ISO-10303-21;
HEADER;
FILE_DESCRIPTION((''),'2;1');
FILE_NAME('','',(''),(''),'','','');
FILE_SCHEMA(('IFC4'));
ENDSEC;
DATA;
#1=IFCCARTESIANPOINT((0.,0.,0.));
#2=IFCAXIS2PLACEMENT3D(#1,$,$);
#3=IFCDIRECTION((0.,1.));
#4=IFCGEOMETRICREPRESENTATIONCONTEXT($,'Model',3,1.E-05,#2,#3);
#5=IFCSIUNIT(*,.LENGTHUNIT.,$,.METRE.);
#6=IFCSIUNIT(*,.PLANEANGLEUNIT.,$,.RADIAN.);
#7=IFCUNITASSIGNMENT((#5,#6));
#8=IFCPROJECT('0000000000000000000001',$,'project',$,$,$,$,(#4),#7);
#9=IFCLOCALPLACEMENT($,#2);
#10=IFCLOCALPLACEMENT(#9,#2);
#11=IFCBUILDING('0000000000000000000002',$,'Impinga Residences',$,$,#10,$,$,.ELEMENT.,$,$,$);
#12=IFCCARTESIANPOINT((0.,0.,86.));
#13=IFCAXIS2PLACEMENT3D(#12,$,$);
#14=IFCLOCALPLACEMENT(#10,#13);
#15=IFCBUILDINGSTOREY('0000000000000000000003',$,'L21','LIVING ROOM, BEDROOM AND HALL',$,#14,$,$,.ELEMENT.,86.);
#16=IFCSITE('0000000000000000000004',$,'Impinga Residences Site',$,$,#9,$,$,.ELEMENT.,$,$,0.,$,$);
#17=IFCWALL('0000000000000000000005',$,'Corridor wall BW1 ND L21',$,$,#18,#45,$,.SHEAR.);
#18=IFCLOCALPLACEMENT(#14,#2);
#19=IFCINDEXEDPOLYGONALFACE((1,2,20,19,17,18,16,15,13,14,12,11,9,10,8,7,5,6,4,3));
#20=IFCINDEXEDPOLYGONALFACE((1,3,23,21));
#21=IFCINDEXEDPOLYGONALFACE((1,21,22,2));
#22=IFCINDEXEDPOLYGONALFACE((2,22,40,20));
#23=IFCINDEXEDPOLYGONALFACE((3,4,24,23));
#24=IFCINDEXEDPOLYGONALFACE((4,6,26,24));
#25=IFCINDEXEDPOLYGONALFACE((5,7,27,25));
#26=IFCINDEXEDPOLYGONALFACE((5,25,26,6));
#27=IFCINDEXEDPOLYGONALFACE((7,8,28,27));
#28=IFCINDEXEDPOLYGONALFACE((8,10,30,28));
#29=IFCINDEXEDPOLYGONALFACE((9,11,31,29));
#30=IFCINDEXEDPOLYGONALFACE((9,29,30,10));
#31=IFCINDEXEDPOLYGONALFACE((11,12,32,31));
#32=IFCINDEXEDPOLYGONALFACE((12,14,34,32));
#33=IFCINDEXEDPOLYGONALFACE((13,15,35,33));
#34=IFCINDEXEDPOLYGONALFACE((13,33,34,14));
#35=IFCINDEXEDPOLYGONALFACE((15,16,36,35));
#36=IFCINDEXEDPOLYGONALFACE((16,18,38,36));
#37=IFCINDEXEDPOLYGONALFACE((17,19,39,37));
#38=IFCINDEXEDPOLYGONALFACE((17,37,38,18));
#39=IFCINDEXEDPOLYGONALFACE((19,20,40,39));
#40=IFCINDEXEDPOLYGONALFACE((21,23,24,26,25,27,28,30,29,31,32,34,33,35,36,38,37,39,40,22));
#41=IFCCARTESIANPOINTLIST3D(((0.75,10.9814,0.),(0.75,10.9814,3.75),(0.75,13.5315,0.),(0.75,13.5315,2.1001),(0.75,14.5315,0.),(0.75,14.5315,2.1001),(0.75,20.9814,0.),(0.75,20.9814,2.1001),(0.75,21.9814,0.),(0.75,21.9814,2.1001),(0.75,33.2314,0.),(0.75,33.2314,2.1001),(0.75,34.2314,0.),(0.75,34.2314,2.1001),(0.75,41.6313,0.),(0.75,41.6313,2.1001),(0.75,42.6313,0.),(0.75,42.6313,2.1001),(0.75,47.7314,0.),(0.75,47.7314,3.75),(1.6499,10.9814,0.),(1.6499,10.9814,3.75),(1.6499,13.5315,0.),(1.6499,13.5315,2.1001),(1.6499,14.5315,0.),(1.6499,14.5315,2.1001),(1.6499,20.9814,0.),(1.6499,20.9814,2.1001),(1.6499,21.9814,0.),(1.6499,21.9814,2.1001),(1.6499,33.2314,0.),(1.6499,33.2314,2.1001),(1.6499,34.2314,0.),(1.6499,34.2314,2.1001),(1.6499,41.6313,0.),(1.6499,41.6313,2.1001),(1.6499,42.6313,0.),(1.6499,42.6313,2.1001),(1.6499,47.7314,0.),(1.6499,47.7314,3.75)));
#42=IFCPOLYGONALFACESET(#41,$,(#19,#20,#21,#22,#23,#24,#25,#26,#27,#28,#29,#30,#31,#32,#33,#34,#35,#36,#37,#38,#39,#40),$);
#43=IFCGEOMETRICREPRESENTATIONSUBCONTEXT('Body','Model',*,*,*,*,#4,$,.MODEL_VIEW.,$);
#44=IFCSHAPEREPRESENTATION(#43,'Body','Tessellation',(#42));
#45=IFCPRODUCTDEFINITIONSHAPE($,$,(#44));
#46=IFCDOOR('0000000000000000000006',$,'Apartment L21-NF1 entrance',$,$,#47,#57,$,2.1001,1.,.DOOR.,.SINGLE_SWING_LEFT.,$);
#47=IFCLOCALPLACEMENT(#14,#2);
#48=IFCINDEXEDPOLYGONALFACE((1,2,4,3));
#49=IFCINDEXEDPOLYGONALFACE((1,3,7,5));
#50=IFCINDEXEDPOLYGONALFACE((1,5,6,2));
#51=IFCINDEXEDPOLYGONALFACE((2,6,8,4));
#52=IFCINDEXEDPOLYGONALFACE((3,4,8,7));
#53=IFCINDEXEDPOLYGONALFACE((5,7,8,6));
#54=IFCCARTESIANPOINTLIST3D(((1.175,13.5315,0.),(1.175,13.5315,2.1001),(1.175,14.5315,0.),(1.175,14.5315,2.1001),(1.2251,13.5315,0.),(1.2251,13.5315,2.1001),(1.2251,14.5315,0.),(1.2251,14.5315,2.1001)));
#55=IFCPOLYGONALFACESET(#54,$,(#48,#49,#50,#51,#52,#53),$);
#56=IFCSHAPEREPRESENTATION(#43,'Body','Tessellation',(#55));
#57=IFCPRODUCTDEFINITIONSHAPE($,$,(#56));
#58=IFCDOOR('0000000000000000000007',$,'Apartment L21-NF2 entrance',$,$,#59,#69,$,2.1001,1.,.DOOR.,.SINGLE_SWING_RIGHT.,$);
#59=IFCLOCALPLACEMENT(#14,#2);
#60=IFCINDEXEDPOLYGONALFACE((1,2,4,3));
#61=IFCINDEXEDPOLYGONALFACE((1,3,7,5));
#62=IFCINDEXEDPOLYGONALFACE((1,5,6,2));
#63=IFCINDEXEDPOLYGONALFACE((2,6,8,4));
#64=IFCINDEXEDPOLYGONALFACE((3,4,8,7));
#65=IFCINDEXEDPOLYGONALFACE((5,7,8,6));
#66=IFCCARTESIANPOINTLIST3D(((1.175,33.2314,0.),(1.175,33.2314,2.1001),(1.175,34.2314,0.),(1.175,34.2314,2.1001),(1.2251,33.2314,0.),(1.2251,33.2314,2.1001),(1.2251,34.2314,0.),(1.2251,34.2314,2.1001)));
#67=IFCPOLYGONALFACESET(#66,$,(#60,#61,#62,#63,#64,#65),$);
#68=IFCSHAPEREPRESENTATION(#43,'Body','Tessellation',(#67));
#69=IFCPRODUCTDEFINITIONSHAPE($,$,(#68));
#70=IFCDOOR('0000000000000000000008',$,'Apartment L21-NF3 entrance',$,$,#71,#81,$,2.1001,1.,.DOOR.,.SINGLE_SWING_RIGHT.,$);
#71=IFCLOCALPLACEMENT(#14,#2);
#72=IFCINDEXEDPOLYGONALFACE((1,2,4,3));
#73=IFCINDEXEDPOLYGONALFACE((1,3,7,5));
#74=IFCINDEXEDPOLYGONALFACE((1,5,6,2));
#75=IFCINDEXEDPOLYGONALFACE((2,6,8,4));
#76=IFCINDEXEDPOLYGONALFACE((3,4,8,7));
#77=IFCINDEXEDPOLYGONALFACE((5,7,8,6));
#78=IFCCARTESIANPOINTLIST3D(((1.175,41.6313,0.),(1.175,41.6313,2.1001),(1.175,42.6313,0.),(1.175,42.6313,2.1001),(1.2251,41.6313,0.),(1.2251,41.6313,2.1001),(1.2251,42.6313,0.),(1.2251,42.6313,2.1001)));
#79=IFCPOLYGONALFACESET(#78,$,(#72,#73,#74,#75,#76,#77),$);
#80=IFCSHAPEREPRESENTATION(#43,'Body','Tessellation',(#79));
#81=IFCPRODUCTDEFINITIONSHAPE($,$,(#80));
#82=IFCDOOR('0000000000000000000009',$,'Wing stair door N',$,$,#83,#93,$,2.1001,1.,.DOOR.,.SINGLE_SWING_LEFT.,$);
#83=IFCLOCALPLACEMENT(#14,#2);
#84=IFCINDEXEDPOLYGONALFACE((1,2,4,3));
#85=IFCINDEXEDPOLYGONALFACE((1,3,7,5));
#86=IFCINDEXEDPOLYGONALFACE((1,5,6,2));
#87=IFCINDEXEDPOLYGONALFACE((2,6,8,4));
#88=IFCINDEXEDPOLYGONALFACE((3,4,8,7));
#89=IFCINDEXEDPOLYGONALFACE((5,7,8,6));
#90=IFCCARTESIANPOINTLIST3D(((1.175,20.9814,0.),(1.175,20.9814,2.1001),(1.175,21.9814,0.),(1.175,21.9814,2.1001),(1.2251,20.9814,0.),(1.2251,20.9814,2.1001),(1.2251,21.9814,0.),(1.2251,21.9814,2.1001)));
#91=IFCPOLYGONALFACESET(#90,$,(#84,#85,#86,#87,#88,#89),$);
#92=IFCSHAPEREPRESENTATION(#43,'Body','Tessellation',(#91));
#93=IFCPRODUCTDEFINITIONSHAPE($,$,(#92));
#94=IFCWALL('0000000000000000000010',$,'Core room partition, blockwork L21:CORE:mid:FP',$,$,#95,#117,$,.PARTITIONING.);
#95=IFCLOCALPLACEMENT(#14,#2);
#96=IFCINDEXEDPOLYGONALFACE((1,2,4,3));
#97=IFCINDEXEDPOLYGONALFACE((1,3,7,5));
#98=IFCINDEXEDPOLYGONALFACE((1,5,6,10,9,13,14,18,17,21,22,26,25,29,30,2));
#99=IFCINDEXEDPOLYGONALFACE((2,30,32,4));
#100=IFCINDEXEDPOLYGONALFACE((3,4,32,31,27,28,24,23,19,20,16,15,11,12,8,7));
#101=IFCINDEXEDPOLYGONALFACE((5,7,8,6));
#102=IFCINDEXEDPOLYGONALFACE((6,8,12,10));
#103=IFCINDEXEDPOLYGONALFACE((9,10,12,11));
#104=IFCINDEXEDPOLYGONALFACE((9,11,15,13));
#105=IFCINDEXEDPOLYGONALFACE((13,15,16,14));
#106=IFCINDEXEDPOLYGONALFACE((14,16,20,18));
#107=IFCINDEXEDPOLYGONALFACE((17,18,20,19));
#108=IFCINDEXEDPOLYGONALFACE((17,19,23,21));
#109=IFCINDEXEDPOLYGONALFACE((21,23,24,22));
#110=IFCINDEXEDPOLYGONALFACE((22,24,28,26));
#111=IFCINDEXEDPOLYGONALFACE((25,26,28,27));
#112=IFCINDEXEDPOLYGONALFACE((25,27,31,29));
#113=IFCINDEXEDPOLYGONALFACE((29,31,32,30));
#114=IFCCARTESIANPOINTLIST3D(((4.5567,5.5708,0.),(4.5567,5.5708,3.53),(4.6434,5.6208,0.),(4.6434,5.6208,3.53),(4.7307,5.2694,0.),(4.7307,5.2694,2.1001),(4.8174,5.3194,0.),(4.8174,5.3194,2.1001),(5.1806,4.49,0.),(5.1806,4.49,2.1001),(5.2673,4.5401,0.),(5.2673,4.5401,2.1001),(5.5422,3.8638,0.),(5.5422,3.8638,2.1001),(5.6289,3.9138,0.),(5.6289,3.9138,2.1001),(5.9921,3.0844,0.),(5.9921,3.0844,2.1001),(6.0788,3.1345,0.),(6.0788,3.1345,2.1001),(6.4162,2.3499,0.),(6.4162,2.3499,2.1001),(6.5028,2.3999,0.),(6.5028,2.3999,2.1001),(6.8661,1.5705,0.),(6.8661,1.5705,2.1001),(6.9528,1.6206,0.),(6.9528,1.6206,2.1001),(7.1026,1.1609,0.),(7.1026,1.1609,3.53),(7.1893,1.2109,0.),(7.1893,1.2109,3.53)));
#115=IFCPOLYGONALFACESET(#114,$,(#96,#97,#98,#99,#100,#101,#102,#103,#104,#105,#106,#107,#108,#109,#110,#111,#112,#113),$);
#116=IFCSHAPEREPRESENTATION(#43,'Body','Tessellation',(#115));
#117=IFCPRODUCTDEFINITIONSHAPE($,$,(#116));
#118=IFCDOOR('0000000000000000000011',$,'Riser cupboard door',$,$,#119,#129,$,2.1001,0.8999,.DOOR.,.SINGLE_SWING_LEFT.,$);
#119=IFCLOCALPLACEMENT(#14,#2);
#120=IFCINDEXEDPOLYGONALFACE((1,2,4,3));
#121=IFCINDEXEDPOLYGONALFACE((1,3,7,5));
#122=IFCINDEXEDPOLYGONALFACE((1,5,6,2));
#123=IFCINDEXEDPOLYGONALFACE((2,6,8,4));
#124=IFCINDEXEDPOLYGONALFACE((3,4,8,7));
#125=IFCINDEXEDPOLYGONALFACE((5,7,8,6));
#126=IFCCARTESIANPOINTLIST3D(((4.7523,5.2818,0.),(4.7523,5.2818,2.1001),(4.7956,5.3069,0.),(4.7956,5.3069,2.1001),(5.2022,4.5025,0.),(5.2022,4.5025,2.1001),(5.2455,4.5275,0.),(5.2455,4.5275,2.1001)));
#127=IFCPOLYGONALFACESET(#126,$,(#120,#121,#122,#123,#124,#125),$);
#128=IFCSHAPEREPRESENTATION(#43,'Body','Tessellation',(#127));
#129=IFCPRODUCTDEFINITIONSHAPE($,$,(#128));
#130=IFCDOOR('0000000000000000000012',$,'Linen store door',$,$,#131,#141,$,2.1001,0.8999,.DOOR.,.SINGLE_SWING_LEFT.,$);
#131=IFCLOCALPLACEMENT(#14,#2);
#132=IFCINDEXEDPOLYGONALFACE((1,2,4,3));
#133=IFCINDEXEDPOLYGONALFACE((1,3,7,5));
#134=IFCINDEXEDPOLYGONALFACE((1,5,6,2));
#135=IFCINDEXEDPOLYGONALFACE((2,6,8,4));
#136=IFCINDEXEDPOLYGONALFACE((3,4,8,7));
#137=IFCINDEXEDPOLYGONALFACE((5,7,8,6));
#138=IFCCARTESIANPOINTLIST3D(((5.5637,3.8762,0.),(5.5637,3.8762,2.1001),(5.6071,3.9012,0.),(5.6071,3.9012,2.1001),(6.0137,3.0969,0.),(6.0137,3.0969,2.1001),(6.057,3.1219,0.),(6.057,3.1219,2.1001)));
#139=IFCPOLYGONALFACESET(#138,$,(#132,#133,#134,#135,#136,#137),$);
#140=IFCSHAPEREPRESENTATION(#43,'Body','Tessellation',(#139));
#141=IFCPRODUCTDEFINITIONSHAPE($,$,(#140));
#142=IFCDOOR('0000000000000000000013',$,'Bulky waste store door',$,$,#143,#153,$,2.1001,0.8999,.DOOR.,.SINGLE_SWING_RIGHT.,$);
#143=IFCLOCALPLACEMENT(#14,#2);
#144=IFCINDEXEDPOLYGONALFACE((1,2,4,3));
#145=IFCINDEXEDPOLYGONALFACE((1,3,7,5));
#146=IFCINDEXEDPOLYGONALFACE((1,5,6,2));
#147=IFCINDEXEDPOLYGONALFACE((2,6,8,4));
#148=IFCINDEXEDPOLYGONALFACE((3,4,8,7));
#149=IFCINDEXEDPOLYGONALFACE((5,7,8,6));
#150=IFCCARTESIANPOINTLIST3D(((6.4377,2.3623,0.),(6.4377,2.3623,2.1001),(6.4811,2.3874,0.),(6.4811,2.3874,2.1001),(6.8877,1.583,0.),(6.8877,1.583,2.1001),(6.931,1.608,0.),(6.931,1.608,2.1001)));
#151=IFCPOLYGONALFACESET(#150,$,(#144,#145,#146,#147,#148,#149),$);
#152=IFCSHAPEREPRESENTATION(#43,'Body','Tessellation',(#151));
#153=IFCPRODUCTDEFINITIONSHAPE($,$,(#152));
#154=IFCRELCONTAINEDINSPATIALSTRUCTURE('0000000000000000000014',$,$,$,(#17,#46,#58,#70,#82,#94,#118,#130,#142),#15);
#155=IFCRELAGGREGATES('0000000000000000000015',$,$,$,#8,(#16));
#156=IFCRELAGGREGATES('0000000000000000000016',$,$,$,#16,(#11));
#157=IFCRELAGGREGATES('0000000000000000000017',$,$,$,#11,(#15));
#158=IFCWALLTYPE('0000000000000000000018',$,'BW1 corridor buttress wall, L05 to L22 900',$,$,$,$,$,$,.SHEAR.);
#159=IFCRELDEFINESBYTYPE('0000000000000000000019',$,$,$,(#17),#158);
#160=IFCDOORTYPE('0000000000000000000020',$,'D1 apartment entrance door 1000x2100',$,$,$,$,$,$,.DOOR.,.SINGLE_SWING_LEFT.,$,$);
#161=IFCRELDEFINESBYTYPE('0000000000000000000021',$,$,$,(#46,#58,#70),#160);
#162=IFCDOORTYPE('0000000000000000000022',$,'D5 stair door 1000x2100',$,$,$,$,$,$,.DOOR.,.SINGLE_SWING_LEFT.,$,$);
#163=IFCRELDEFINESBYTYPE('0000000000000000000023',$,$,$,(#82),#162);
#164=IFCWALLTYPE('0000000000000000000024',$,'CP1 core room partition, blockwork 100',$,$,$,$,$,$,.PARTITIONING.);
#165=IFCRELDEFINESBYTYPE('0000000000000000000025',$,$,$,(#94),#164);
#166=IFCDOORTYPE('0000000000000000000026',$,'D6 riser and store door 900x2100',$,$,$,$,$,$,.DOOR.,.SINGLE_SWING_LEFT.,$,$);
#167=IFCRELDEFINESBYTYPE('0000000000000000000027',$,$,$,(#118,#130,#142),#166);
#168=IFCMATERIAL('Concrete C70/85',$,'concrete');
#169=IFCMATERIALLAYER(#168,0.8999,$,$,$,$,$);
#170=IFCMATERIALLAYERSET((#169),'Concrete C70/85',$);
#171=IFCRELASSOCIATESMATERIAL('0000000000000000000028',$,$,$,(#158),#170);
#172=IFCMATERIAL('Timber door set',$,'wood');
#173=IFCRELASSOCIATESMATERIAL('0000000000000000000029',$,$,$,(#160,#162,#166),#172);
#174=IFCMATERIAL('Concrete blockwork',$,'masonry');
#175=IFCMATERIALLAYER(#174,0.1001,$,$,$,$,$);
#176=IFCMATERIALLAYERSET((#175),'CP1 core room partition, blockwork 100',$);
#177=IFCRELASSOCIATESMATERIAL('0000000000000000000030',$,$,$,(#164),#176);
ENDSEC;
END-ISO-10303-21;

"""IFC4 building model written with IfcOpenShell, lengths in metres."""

from ifc_helpers import new_model, si_unit, direction, frame, frame_2d, origin, place, context, subcontext, project, spatial, rectangle, extrude, material, layer, layer_set, type_object, element, fill, save


model = new_model("IFC4")

# Units and contexts
model_context = context("Model", 3, precision=1e-05, world=origin(), true_north=direction((0.0, 1.0)))
body_context = subcontext(model_context, "Body", "Model", "MODEL_VIEW")
ifc_project = project(units=[si_unit("LENGTHUNIT", "METRE"), si_unit("PLANEANGLEUNIT", "RADIAN")], contexts=[model_context])

# Site, building, storey
site_placement = place(None, origin())
site = spatial("IfcSite", under=ifc_project, at=site_placement, Name="Impinga Residences Site", CompositionType="ELEMENT", RefElevation=0.0)
building_placement = place(site_placement, origin())
building = spatial("IfcBuilding", under=site, at=building_placement, Name="Impinga Residences", CompositionType="ELEMENT")
storey_placement = place(building_placement, frame((0.0, 0.0, 86.0)))
storey = spatial("IfcBuildingStorey", under=building, at=storey_placement, Name="L21", Description="LIVING ROOM, BEDROOM AND HALL", CompositionType="ELEMENT", Elevation=86.0)

# Walls, openings, doors
ifc_material_1 = material(Name="Concrete C70/85", Category="concrete")
ifc_layer_1 = layer(ifc_material_1, 0.8999)
ifc_layer_set_1 = layer_set([ifc_layer_1], Name="Concrete C70/85")
wall_type_1 = type_object("IfcWallType", Name="BW1 corridor buttress wall, L05 to L22 900", PredefinedType="SHEAR", material=ifc_layer_set_1)
wall_1_placement = place(storey_placement, frame((1.2, 10.9814, 0.0), z_axis=(0.0, 0.0, 1.0), x_axis=(0.0, 1.0, 0.0)))
wall_1 = element("IfcWall", 1, at=wall_1_placement, inside=storey, type_object=wall_type_1, Name="Corridor wall BW1 ND L21", PredefinedType="SHEAR", context=body_context, shape_type="SweptSolid", body=[
    extrude(rectangle(XDim=36.75, YDim=0.8999, at=frame_2d((18.375, 0.0))), origin(), (0.0, 0.0, 1.0), 3.75),
])
opening_1_placement = place(wall_1_placement, frame((10.0, 0.0, 0.0)))
opening_1 = element("IfcOpeningElement", 2, at=opening_1_placement, cuts=wall_1, PredefinedType="OPENING", context=body_context, shape_type="SweptSolid", body=[
    extrude(rectangle(XDim=1.0, YDim=2.1001, at=frame_2d((0.5, 1.05))), frame((0.0, 0.46, 0.0), z_axis=(0.0, -1.0, 0.0), x_axis=(1.0, 0.0, 0.0)), (0.0, 0.0, 1.0), 0.9199),
])
opening_2_placement = place(wall_1_placement, frame((2.55, 0.0, 0.0)))
opening_2 = element("IfcOpeningElement", 3, at=opening_2_placement, cuts=wall_1, PredefinedType="OPENING", context=body_context, shape_type="SweptSolid", body=[
    extrude(rectangle(XDim=1.0, YDim=2.1001, at=frame_2d((0.5, 1.05))), frame((0.0, 0.46, 0.0), z_axis=(0.0, -1.0, 0.0), x_axis=(1.0, 0.0, 0.0)), (0.0, 0.0, 1.0), 0.9199),
])
opening_3_placement = place(wall_1_placement, frame((22.25, 0.0, 0.0)))
opening_3 = element("IfcOpeningElement", 4, at=opening_3_placement, cuts=wall_1, PredefinedType="OPENING", context=body_context, shape_type="SweptSolid", body=[
    extrude(rectangle(XDim=1.0, YDim=2.1001, at=frame_2d((0.5, 1.05))), frame((0.0, 0.46, 0.0), z_axis=(0.0, -1.0, 0.0), x_axis=(1.0, 0.0, 0.0)), (0.0, 0.0, 1.0), 0.9199),
])
opening_4_placement = place(wall_1_placement, frame((30.6499, 0.0, 0.0)))
opening_4 = element("IfcOpeningElement", 5, at=opening_4_placement, cuts=wall_1, PredefinedType="OPENING", context=body_context, shape_type="SweptSolid", body=[
    extrude(rectangle(XDim=1.0, YDim=2.1001, at=frame_2d((0.5, 1.05))), frame((0.0, 0.46, 0.0), z_axis=(0.0, -1.0, 0.0), x_axis=(1.0, 0.0, 0.0)), (0.0, 0.0, 1.0), 0.9199),
])
ifc_material_2 = material(Name="Timber door set", Category="wood")
door_type_1 = type_object("IfcDoorType", Name="D1 apartment entrance door 1000x2100", OperationType="SINGLE_SWING_LEFT", PredefinedType="DOOR", material=ifc_material_2)
door_1_placement = place(opening_2_placement, origin())
door_1 = element("IfcDoor", 6, at=door_1_placement, inside=storey, type_object=door_type_1, Name="Apartment L21-NF1 entrance", OperationType="SINGLE_SWING_LEFT", OverallHeight=2.1001, OverallWidth=1.0, PredefinedType="DOOR", context=body_context, shape_type="SweptSolid", body=[
    extrude(rectangle(XDim=1.0, YDim=2.1001, at=frame_2d((0.5, 1.05))), frame((0.0, 0.0249, 0.0), z_axis=(0.0, -1.0, 0.0), x_axis=(1.0, 0.0, 0.0)), (0.0, 0.0, 1.0), 0.05),
])
fill(opening_2, door_1)
door_2_placement = place(opening_3_placement, origin())
door_2 = element("IfcDoor", 7, at=door_2_placement, inside=storey, type_object=door_type_1, Name="Apartment L21-NF2 entrance", OperationType="SINGLE_SWING_RIGHT", OverallHeight=2.1001, OverallWidth=1.0, PredefinedType="DOOR", context=body_context, shape_type="SweptSolid", body=[
    extrude(rectangle(XDim=1.0, YDim=2.1001, at=frame_2d((0.5, 1.05))), frame((0.0, 0.0249, 0.0), z_axis=(0.0, -1.0, 0.0), x_axis=(1.0, 0.0, 0.0)), (0.0, 0.0, 1.0), 0.05),
])
fill(opening_3, door_2)
door_3_placement = place(opening_4_placement, origin())
door_3 = element("IfcDoor", 8, at=door_3_placement, inside=storey, type_object=door_type_1, Name="Apartment L21-NF3 entrance", OperationType="SINGLE_SWING_RIGHT", OverallHeight=2.1001, OverallWidth=1.0, PredefinedType="DOOR", context=body_context, shape_type="SweptSolid", body=[
    extrude(rectangle(XDim=1.0, YDim=2.1001, at=frame_2d((0.5, 1.05))), frame((0.0, 0.0249, 0.0), z_axis=(0.0, -1.0, 0.0), x_axis=(1.0, 0.0, 0.0)), (0.0, 0.0, 1.0), 0.05),
])
fill(opening_4, door_3)
door_type_2 = type_object("IfcDoorType", Name="D5 stair door 1000x2100", OperationType="SINGLE_SWING_LEFT", PredefinedType="DOOR", material=ifc_material_2)
door_4_placement = place(opening_1_placement, origin())
door_4 = element("IfcDoor", 9, at=door_4_placement, inside=storey, type_object=door_type_2, Name="Wing stair door N", OperationType="SINGLE_SWING_LEFT", OverallHeight=2.1001, OverallWidth=1.0, PredefinedType="DOOR", context=body_context, shape_type="SweptSolid", body=[
    extrude(rectangle(XDim=1.0, YDim=2.1001, at=frame_2d((0.5, 1.05))), frame((0.0, 0.0249, 0.0), z_axis=(0.0, -1.0, 0.0), x_axis=(1.0, 0.0, 0.0)), (0.0, 0.0, 1.0), 0.05),
])
fill(opening_1, door_4)
ifc_material_3 = material(Name="Concrete blockwork", Category="masonry")
ifc_layer_2 = layer(ifc_material_3, 0.1001)
ifc_layer_set_2 = layer_set([ifc_layer_2], Name="CP1 core room partition, blockwork 100")
wall_type_2 = type_object("IfcWallType", Name="CP1 core room partition, blockwork 100", PredefinedType="PARTITIONING", material=ifc_layer_set_2)
wall_2_placement = place(storey_placement, frame((4.6001, 5.5957, 0.0), z_axis=(0.0, 0.0, 1.0), x_axis=(0.499976, -0.866039, 0.0)))
wall_2 = element("IfcWall", 10, at=wall_2_placement, inside=storey, type_object=wall_type_2, Name="Core room partition, blockwork L21:CORE:mid:FP", PredefinedType="PARTITIONING", context=body_context, shape_type="SweptSolid", body=[
    extrude(rectangle(XDim=5.092, YDim=0.1001, at=frame_2d((2.5459, 0.0))), origin(), (0.0, 0.0, 1.0), 3.53),
])
opening_5_placement = place(wall_2_placement, frame((0.3479, 0.0, 0.0)))
opening_5 = element("IfcOpeningElement", 11, at=opening_5_placement, cuts=wall_2, PredefinedType="OPENING", context=body_context, shape_type="SweptSolid", body=[
    extrude(rectangle(XDim=0.8999, YDim=2.1001, at=frame_2d((0.45, 1.05))), frame((0.0, 0.0601, 0.0), z_axis=(0.0, -1.0, 0.0), x_axis=(1.0, 0.0, 0.0)), (0.0, 0.0, 1.0), 0.1201),
])
opening_6_placement = place(wall_2_placement, frame((1.9709, 0.0, 0.0)))
opening_6 = element("IfcOpeningElement", 12, at=opening_6_placement, cuts=wall_2, PredefinedType="OPENING", context=body_context, shape_type="SweptSolid", body=[
    extrude(rectangle(XDim=0.8999, YDim=2.1001, at=frame_2d((0.45, 1.05))), frame((0.0, 0.0601, 0.0), z_axis=(0.0, -1.0, 0.0), x_axis=(1.0, 0.0, 0.0)), (0.0, 0.0, 1.0), 0.1201),
])
opening_7_placement = place(wall_2_placement, frame((3.719, 0.0, 0.0)))
opening_7 = element("IfcOpeningElement", 13, at=opening_7_placement, cuts=wall_2, PredefinedType="OPENING", context=body_context, shape_type="SweptSolid", body=[
    extrude(rectangle(XDim=0.8999, YDim=2.1001, at=frame_2d((0.45, 1.05))), frame((0.0, 0.0601, 0.0), z_axis=(0.0, -1.0, 0.0), x_axis=(1.0, 0.0, 0.0)), (0.0, 0.0, 1.0), 0.1201),
])
door_type_3 = type_object("IfcDoorType", Name="D6 riser and store door 900x2100", OperationType="SINGLE_SWING_LEFT", PredefinedType="DOOR", material=ifc_material_2)
door_5_placement = place(opening_5_placement, origin())
door_5 = element("IfcDoor", 14, at=door_5_placement, inside=storey, type_object=door_type_3, Name="Riser cupboard door", OperationType="SINGLE_SWING_LEFT", OverallHeight=2.1001, OverallWidth=0.8999, PredefinedType="DOOR", context=body_context, shape_type="SweptSolid", body=[
    extrude(rectangle(XDim=0.8999, YDim=2.1001, at=frame_2d((0.45, 1.05))), frame((0.0, 0.0249, 0.0), z_axis=(0.0, -1.0, 0.0), x_axis=(1.0, 0.0, 0.0)), (0.0, 0.0, 1.0), 0.05),
])
fill(opening_5, door_5)
door_6_placement = place(opening_6_placement, origin())
door_6 = element("IfcDoor", 15, at=door_6_placement, inside=storey, type_object=door_type_3, Name="Linen store door", OperationType="SINGLE_SWING_LEFT", OverallHeight=2.1001, OverallWidth=0.8999, PredefinedType="DOOR", context=body_context, shape_type="SweptSolid", body=[
    extrude(rectangle(XDim=0.8999, YDim=2.1001, at=frame_2d((0.45, 1.05))), frame((0.0, 0.0249, 0.0), z_axis=(0.0, -1.0, 0.0), x_axis=(1.0, 0.0, 0.0)), (0.0, 0.0, 1.0), 0.05),
])
fill(opening_6, door_6)
door_7_placement = place(opening_7_placement, origin())
door_7 = element("IfcDoor", 16, at=door_7_placement, inside=storey, type_object=door_type_3, Name="Bulky waste store door", OperationType="SINGLE_SWING_RIGHT", OverallHeight=2.1001, OverallWidth=0.8999, PredefinedType="DOOR", context=body_context, shape_type="SweptSolid", body=[
    extrude(rectangle(XDim=0.8999, YDim=2.1001, at=frame_2d((0.45, 1.05))), frame((0.0, 0.0249, 0.0), z_axis=(0.0, -1.0, 0.0), x_axis=(1.0, 0.0, 0.0)), (0.0, 0.0, 1.0), 0.05),
])
fill(opening_7, door_7)

save(model, "model.ifc")
